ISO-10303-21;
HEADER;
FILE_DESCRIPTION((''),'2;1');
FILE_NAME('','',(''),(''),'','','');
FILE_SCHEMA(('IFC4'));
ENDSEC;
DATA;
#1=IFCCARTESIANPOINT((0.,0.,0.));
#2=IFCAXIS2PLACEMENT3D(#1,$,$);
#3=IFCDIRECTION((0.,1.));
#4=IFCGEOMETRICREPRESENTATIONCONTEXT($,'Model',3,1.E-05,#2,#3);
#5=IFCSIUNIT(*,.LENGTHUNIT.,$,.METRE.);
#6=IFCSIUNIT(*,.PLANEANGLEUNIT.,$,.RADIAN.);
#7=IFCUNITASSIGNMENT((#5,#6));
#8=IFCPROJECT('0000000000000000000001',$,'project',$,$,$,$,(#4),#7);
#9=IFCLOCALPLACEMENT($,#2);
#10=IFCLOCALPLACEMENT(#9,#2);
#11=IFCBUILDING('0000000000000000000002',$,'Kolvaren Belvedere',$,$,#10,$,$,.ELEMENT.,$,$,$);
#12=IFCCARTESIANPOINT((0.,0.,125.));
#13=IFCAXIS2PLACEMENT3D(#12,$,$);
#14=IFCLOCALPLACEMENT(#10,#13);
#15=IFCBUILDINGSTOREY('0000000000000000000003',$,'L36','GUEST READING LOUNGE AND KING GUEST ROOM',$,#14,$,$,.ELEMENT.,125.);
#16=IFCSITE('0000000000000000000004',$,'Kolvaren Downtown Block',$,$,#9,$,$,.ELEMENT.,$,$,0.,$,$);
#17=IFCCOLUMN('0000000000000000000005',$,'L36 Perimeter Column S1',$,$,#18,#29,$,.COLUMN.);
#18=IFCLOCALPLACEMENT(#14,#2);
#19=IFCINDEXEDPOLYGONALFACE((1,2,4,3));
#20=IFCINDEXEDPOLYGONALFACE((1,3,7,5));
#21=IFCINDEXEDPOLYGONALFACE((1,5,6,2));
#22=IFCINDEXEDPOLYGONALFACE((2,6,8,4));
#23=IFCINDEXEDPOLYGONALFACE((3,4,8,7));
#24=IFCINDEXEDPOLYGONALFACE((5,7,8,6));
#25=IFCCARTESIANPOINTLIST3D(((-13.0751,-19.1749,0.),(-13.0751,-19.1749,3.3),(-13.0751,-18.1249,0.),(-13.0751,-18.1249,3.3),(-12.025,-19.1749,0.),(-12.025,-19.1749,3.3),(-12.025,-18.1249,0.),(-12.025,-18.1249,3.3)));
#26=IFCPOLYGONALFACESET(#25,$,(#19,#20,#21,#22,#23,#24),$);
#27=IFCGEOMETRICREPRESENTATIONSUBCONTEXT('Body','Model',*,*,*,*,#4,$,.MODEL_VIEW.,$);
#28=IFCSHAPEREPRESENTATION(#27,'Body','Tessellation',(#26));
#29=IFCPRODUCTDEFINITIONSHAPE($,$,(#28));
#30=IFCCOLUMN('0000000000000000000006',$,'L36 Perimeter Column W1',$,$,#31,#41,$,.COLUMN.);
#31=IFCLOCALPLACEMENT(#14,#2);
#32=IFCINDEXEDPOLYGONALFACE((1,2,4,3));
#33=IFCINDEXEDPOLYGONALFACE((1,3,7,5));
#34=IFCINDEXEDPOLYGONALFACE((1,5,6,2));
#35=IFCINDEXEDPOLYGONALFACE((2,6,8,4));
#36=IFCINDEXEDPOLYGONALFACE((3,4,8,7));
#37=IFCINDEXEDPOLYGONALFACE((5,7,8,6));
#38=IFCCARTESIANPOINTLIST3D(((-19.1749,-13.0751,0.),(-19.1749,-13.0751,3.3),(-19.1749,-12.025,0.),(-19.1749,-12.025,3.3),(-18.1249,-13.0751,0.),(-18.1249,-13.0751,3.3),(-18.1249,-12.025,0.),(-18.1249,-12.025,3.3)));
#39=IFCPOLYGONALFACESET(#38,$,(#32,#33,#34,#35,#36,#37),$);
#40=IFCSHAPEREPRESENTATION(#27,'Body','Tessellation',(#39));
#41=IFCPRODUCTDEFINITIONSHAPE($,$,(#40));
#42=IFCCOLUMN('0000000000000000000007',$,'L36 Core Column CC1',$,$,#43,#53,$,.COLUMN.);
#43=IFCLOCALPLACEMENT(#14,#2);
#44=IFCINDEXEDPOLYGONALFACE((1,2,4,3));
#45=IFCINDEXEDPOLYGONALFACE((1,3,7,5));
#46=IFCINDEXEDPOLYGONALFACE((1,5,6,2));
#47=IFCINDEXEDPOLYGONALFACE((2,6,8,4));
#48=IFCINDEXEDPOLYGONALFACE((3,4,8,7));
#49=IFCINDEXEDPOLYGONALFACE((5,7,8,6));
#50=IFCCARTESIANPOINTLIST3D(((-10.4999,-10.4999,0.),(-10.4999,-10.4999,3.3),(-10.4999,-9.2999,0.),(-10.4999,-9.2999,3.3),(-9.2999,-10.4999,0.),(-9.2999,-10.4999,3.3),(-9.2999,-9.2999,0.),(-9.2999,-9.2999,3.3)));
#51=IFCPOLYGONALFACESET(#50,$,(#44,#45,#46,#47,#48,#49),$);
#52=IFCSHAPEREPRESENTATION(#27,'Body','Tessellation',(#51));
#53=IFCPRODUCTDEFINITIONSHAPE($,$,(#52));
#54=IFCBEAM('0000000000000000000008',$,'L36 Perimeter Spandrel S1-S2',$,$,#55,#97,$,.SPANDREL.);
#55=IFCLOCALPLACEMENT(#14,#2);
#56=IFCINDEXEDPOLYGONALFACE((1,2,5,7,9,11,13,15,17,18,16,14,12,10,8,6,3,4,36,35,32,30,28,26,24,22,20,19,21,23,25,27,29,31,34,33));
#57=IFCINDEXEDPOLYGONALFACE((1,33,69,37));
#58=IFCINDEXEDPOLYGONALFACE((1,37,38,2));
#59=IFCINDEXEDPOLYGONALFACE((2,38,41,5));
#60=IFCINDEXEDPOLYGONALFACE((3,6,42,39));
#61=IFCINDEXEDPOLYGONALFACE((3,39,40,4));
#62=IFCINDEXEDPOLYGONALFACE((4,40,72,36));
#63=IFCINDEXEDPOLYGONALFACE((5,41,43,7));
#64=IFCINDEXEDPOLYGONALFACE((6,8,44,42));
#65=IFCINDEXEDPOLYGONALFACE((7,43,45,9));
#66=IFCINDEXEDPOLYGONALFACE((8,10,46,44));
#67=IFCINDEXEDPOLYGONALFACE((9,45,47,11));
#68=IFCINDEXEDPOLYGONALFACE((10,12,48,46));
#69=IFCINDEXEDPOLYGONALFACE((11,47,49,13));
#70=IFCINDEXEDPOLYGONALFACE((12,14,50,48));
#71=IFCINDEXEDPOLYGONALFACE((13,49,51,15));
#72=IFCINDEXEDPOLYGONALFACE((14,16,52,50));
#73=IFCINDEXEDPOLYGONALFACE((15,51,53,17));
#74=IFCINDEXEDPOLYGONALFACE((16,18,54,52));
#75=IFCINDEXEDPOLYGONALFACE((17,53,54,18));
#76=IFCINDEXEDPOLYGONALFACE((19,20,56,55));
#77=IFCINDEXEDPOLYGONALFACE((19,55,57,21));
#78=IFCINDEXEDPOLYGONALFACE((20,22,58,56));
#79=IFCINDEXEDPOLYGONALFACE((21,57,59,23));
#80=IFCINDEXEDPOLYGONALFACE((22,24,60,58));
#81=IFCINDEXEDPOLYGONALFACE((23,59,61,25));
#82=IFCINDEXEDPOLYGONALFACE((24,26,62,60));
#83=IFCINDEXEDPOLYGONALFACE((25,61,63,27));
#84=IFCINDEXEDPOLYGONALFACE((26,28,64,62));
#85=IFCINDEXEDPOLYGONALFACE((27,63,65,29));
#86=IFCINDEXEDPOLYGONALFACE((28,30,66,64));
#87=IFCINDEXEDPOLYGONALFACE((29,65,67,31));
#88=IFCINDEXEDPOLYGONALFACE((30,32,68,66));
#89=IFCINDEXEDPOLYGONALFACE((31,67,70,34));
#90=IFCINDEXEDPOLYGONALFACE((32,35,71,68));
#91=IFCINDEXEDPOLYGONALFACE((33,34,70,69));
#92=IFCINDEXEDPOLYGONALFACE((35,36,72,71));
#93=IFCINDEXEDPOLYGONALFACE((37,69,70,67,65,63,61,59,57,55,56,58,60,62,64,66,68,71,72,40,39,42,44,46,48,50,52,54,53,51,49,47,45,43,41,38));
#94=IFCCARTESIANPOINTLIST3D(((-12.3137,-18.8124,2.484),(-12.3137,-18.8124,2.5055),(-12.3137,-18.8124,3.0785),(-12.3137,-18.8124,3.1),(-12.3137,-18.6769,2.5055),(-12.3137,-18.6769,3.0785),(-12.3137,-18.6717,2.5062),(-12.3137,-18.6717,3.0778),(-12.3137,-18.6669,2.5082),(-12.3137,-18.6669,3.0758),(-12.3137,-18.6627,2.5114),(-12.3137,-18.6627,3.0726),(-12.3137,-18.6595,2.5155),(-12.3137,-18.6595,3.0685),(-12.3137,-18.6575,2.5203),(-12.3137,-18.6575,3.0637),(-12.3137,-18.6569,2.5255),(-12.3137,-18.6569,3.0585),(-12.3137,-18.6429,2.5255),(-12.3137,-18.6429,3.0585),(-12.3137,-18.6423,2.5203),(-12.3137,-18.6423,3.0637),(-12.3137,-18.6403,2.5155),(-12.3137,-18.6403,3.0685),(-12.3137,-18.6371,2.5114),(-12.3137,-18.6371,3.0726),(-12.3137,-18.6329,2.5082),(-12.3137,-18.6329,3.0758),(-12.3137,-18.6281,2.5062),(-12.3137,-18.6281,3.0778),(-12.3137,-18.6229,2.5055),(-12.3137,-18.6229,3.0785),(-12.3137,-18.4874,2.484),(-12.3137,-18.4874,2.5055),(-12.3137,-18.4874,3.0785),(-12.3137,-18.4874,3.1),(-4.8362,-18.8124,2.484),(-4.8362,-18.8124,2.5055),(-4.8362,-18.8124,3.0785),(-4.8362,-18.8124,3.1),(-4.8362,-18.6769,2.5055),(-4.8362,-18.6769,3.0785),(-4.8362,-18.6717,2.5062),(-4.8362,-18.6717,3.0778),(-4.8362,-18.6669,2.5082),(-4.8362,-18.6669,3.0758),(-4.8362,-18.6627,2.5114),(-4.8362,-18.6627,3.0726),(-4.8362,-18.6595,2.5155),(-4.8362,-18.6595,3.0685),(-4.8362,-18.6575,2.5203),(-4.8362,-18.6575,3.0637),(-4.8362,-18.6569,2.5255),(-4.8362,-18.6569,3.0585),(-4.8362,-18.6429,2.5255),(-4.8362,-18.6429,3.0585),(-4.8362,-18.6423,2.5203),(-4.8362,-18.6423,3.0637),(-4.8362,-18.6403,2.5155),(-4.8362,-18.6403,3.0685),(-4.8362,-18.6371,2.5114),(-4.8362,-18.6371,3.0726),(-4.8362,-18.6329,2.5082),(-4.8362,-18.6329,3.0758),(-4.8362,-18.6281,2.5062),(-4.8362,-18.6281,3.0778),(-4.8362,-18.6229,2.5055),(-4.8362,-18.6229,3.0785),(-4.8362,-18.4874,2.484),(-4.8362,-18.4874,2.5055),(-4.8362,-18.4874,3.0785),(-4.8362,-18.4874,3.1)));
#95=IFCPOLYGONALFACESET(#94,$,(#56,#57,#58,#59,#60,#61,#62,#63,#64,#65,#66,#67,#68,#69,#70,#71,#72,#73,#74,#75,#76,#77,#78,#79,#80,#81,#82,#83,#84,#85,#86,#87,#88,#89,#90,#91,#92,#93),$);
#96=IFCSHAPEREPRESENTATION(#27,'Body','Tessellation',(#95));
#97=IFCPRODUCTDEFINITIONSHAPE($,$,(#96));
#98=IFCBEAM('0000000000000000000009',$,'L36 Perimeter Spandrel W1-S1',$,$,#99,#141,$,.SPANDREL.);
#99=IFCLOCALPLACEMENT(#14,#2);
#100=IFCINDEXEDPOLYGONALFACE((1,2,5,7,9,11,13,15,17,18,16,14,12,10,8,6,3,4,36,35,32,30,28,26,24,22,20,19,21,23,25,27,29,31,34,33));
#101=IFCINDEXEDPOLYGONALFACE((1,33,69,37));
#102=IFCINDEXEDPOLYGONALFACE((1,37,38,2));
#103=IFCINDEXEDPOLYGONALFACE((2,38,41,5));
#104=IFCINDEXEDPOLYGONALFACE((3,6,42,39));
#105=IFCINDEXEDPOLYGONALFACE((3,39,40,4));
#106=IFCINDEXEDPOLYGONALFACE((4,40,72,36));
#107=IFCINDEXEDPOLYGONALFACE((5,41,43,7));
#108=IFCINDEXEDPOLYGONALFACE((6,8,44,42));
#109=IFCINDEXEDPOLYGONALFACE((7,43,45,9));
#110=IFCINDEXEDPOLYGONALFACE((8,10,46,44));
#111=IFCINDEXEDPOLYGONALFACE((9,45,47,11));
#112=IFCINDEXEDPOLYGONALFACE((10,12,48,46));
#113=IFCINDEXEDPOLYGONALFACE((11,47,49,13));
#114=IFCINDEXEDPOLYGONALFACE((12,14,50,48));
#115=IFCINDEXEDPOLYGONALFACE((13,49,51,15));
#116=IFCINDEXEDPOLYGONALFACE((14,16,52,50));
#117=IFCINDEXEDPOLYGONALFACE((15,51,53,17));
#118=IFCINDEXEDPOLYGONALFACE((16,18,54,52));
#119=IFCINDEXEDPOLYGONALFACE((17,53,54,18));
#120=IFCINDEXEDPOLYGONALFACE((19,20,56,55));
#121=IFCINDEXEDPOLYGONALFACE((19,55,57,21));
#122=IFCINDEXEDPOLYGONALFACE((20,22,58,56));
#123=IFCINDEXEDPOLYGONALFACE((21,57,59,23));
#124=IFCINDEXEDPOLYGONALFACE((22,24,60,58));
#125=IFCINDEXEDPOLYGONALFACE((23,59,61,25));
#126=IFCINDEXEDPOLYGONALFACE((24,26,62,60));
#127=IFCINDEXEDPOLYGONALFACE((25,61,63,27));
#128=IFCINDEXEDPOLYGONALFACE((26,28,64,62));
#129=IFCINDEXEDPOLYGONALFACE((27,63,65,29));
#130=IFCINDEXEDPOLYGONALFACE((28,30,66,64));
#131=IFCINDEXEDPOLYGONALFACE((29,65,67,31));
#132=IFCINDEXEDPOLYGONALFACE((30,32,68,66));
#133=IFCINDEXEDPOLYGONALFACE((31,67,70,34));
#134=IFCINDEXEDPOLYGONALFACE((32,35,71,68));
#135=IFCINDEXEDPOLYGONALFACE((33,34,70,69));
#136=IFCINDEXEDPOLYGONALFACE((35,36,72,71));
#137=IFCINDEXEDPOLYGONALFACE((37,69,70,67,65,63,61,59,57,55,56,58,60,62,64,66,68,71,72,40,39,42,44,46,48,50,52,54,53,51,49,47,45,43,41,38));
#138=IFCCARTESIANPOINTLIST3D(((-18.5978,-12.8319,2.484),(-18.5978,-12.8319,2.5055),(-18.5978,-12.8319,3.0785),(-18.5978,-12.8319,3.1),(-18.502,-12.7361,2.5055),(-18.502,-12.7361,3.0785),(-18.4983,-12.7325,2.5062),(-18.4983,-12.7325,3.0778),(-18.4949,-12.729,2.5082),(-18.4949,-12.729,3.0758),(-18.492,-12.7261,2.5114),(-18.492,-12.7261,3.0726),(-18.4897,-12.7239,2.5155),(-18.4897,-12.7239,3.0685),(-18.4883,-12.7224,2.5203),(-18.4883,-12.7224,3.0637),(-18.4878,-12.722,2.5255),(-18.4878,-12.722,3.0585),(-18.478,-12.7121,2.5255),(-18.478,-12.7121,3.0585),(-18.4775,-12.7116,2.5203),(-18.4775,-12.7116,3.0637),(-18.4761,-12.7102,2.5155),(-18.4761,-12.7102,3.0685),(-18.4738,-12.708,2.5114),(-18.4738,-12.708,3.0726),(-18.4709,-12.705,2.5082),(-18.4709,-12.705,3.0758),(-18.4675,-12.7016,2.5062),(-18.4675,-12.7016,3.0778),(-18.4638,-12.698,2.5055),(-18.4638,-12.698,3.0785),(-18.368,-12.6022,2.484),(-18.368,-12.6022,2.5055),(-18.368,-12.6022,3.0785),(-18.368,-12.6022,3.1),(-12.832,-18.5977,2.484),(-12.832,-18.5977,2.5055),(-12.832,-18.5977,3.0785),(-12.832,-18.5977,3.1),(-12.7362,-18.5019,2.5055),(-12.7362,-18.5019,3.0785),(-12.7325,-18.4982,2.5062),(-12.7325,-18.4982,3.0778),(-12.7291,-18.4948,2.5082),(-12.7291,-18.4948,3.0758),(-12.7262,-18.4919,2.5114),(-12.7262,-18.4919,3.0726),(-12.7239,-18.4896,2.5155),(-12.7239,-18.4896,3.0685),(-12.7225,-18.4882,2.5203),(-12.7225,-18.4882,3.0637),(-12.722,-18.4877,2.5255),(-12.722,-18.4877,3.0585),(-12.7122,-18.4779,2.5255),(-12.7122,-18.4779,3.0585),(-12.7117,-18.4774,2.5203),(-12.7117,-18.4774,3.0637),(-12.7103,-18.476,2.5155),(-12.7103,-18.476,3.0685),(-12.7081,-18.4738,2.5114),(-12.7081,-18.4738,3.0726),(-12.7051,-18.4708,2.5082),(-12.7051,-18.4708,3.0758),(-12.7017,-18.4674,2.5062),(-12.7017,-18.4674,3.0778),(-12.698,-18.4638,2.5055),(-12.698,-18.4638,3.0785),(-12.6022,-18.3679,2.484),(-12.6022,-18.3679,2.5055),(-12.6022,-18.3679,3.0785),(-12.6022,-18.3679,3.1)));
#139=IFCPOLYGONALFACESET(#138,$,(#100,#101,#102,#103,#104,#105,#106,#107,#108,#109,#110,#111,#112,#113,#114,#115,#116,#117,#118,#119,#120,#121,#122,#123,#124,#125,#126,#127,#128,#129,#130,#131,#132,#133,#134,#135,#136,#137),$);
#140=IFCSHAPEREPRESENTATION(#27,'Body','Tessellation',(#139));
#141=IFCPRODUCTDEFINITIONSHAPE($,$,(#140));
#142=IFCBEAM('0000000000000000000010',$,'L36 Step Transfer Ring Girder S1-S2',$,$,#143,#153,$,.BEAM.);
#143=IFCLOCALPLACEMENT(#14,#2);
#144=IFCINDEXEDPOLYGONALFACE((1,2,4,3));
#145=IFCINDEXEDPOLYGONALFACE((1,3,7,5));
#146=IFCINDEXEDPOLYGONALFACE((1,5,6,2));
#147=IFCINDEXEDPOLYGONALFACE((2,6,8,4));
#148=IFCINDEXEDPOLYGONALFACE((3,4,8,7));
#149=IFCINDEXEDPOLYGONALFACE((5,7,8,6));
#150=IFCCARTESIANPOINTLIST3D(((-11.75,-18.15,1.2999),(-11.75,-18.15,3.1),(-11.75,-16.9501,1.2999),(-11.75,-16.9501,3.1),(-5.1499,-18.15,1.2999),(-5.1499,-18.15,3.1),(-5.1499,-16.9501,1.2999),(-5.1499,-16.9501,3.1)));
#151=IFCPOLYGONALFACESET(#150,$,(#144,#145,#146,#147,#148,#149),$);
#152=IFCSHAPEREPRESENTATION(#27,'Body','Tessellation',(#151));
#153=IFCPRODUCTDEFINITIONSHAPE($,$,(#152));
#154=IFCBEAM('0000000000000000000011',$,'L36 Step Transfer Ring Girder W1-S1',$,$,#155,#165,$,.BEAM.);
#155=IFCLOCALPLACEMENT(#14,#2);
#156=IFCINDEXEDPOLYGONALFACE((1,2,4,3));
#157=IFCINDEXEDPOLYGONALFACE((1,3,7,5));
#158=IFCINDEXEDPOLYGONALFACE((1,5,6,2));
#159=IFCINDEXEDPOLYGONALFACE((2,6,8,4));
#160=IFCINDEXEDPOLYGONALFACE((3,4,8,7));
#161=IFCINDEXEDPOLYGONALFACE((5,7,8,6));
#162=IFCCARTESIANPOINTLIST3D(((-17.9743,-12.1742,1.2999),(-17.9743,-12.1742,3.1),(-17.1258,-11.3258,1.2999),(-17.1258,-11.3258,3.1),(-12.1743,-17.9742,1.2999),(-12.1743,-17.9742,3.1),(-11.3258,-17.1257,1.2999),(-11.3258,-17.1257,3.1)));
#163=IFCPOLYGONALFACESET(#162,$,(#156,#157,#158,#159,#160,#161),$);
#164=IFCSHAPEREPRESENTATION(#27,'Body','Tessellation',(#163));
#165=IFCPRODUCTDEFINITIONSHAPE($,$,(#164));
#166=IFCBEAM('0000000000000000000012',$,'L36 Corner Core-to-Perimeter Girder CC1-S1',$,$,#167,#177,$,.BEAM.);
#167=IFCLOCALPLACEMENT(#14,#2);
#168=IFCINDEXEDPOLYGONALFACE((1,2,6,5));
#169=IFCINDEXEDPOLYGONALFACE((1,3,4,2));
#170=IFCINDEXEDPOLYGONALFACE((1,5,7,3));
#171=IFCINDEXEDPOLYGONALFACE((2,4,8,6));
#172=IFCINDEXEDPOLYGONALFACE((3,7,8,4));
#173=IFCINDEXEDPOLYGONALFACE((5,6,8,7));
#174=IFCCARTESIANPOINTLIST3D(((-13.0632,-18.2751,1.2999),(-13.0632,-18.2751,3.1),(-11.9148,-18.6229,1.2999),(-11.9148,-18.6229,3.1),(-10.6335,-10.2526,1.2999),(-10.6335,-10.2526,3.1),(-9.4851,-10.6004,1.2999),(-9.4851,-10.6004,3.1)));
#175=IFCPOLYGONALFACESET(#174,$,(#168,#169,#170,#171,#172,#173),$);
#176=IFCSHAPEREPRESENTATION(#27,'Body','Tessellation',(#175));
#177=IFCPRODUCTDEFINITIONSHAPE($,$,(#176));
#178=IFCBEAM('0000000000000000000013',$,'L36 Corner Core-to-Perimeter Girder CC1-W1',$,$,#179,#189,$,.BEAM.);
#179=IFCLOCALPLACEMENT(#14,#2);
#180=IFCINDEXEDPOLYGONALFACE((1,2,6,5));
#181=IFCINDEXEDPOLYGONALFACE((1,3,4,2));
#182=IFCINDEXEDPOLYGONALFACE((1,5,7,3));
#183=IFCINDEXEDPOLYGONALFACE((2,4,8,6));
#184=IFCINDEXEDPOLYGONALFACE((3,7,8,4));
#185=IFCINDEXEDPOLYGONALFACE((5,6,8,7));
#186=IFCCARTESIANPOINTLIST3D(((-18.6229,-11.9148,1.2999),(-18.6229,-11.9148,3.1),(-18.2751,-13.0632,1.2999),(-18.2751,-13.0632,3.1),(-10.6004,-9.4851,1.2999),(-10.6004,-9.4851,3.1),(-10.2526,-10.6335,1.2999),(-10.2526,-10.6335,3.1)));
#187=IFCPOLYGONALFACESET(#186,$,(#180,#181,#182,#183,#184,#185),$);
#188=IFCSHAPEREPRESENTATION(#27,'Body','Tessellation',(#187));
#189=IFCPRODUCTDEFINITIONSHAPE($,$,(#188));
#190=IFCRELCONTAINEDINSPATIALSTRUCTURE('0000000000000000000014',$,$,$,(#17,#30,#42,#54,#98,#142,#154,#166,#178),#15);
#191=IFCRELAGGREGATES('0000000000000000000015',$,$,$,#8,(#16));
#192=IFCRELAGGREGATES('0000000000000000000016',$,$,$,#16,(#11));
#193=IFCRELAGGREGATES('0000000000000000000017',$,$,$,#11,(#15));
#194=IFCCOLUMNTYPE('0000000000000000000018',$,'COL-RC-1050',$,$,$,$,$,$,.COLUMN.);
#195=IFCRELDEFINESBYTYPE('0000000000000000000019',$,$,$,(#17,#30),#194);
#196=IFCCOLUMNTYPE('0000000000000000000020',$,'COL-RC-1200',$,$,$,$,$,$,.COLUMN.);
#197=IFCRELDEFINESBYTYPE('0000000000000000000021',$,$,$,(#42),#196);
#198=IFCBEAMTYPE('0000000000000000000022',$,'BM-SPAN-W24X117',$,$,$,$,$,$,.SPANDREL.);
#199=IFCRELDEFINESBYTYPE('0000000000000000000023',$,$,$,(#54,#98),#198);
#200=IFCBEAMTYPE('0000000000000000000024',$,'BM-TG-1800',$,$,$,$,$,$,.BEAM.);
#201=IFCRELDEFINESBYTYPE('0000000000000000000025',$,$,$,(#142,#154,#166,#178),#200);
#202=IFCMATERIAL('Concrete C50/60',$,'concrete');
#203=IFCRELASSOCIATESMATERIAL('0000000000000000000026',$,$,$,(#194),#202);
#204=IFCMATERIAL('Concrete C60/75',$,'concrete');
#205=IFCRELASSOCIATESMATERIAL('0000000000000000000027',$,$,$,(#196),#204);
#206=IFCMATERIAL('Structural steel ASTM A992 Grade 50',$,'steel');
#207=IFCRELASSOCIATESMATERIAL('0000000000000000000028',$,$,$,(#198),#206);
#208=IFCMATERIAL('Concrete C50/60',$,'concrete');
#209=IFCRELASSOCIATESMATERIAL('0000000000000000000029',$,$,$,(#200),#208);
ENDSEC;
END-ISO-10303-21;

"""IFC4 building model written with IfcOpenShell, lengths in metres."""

from ifc_helpers import new_model, si_unit, direction, frame, origin, origin_2d, place, context, subcontext, project, spatial, rectangle, i_section, extrude, material, material_profile, profile_set, type_object, element, save


model = new_model("IFC4")

# Units and contexts
model_context = context("Model", 3, precision=1e-05, world=origin(), true_north=direction((0.0, 1.0)))
body_context = subcontext(model_context, "Body", "Model", "MODEL_VIEW")
ifc_project = project(units=[si_unit("LENGTHUNIT", "METRE"), si_unit("PLANEANGLEUNIT", "RADIAN")], contexts=[model_context])

# Site, building, storey
site_placement = place(None, origin())
site = spatial("IfcSite", under=ifc_project, at=site_placement, Name="Kolvaren Downtown Block", CompositionType="ELEMENT", RefElevation=0.0)
building_placement = place(site_placement, origin())
building = spatial("IfcBuilding", under=site, at=building_placement, Name="Kolvaren Belvedere", CompositionType="ELEMENT")
storey_placement = place(building_placement, frame((0.0, 0.0, 125.0)))
storey = spatial("IfcBuildingStorey", under=building, at=storey_placement, Name="L36", Description="GUEST READING LOUNGE AND KING GUEST ROOM", CompositionType="ELEMENT", Elevation=125.0)

# Columns
ifc_material_1 = material(Name="Concrete C50/60", Category="concrete")
ifc_material_profile_1 = material_profile(ifc_material_1, rectangle(XDim=1.05, YDim=1.05, at=origin_2d()), Name="RC 1050X1050")
ifc_profile_set_1 = profile_set([ifc_material_profile_1], Name="Concrete C50/60")
column_type_1 = type_object("IfcColumnType", Name="COL-RC-1050", PredefinedType="COLUMN", material=ifc_profile_set_1)
for number, where, z_axis, x_axis, name in (
    (1, (-12.55, -18.6499, 0.0), (0.0, 0.0, 1.0), (1.0, 0.0, 0.0), "L36 Perimeter Column S1"),
    (2, (-18.6499, -12.55, 0.0), (0.0, 0.0, 1.0), (1.0, 0.0, 0.0), "L36 Perimeter Column W1"),
):
    element("IfcColumn", number, at=place(storey_placement, frame(where, z_axis=z_axis, x_axis=x_axis)), inside=storey, type_object=column_type_1, Name=name, PredefinedType="COLUMN", context=body_context, shape_type="SweptSolid", body=[
        extrude(rectangle(XDim=1.05, YDim=1.05, at=origin_2d()), origin(), (0.0, 0.0, 1.0), 3.3),
    ])
ifc_material_2 = material(Name="Concrete C60/75", Category="concrete")
ifc_material_profile_2 = material_profile(ifc_material_2, rectangle(XDim=1.2, YDim=1.2, at=origin_2d()), Name="RC 1200X1200")
ifc_profile_set_2 = profile_set([ifc_material_profile_2], Name="Concrete C60/75")
column_type_2 = type_object("IfcColumnType", Name="COL-RC-1200", PredefinedType="COLUMN", material=ifc_profile_set_2)
column_placement = place(storey_placement, frame((-9.8999, -9.8999, 0.0), z_axis=(0.0, 0.0, 1.0), x_axis=(1.0, 0.0, 0.0)))
element("IfcColumn", 3, at=column_placement, inside=storey, type_object=column_type_2, Name="L36 Core Column CC1", PredefinedType="COLUMN", context=body_context, shape_type="SweptSolid", body=[
    extrude(rectangle(XDim=1.2, YDim=1.2, at=origin_2d()), origin(), (0.0, 0.0, 1.0), 3.3),
])

# Beams
ifc_material_3 = material(Name="Structural steel ASTM A992 Grade 50", Category="steel")
ifc_material_profile_3 = material_profile(ifc_material_3, i_section(OverallWidth=0.325, OverallDepth=0.616, WebThickness=0.0139, FlangeThickness=0.0215, FilletRadius=0.02, at=origin_2d()), Name="W24X117")
ifc_profile_set_3 = profile_set([ifc_material_profile_3], Name="Structural steel ASTM A992 Grade 50")
beam_type_1 = type_object("IfcBeamType", Name="BM-SPAN-W24X117", PredefinedType="SPANDREL", material=ifc_profile_set_3)
beam_1_placement = place(storey_placement, frame((-12.3137, -18.6499, 2.792), z_axis=(1.0, 0.0, 0.0), x_axis=(0.0, 1.0, 0.0)))
element("IfcBeam", 4, at=beam_1_placement, inside=storey, type_object=beam_type_1, Name="L36 Perimeter Spandrel S1-S2", PredefinedType="SPANDREL", context=body_context, shape_type="SweptSolid", body=[
    extrude(i_section(OverallWidth=0.325, OverallDepth=0.616, WebThickness=0.0139, FlangeThickness=0.0215, FilletRadius=0.02, at=origin_2d()), origin(), (0.0, 0.0, 1.0), 7.4775),
])
beam_2_placement = place(storey_placement, frame((-18.4829, -12.717, 2.792), z_axis=(0.707107, -0.707107, 0.0), x_axis=(0.707107, 0.707107, 0.0)))
element("IfcBeam", 5, at=beam_2_placement, inside=storey, type_object=beam_type_1, Name="L36 Perimeter Spandrel W1-S1", PredefinedType="SPANDREL", context=body_context, shape_type="SweptSolid", body=[
    extrude(i_section(OverallWidth=0.325, OverallDepth=0.616, WebThickness=0.0139, FlangeThickness=0.0215, FilletRadius=0.02, at=origin_2d()), origin(), (0.0, 0.0, 1.0), 8.1541),
])
ifc_material_4 = material(Name="Concrete C50/60", Category="concrete")
ifc_material_profile_4 = material_profile(ifc_material_4, rectangle(XDim=1.2, YDim=1.8, at=origin_2d()), Name="RC 1200X1800")
ifc_profile_set_4 = profile_set([ifc_material_profile_4], Name="Concrete C50/60")
beam_type_2 = type_object("IfcBeamType", Name="BM-TG-1800", PredefinedType="BEAM", material=ifc_profile_set_4)
beam_3_placement = place(storey_placement, frame((-11.75, -17.55, 2.2), z_axis=(1.0, 0.0, 0.0), x_axis=(0.0, 1.0, 0.0)))
element("IfcBeam", 6, at=beam_3_placement, inside=storey, type_object=beam_type_2, Name="L36 Step Transfer Ring Girder S1-S2", PredefinedType="BEAM", context=body_context, shape_type="SweptSolid", body=[
    extrude(rectangle(XDim=1.2, YDim=1.8, at=origin_2d()), origin(), (0.0, 0.0, 1.0), 6.6001),
])
beam_4_placement = place(storey_placement, frame((-17.55, -11.75, 2.2), z_axis=(0.707107, -0.707107, 0.0), x_axis=(0.707107, 0.707107, 0.0)))
element("IfcBeam", 7, at=beam_4_placement, inside=storey, type_object=beam_type_2, Name="L36 Step Transfer Ring Girder W1-S1", PredefinedType="BEAM", context=body_context, shape_type="SweptSolid", body=[
    extrude(rectangle(XDim=1.2, YDim=1.8, at=origin_2d()), origin(), (0.0, 0.0, 1.0), 8.2024),
])
for number, where, z_axis, x_axis, name in (
    (8, (-10.0593, -10.4265, 2.2), (-0.289859, -0.957069, 0.0), (0.957069, -0.289859, 0.0), "L36 Corner Core-to-Perimeter Girder CC1-S1"),
    (9, (-10.4265, -10.0593, 2.2), (-0.957069, -0.289859, 0.0), (0.289859, -0.957069, 0.0), "L36 Corner Core-to-Perimeter Girder CC1-W1"),
):
    element("IfcBeam", number, at=place(storey_placement, frame(where, z_axis=z_axis, x_axis=x_axis)), inside=storey, type_object=beam_type_2, Name=name, PredefinedType="BEAM", context=body_context, shape_type="SweptSolid", body=[
        extrude(rectangle(XDim=1.2, YDim=1.8, at=origin_2d()), origin(), (0.0, 0.0, 1.0), 8.3823),
    ])

save(model, "model.ifc")
